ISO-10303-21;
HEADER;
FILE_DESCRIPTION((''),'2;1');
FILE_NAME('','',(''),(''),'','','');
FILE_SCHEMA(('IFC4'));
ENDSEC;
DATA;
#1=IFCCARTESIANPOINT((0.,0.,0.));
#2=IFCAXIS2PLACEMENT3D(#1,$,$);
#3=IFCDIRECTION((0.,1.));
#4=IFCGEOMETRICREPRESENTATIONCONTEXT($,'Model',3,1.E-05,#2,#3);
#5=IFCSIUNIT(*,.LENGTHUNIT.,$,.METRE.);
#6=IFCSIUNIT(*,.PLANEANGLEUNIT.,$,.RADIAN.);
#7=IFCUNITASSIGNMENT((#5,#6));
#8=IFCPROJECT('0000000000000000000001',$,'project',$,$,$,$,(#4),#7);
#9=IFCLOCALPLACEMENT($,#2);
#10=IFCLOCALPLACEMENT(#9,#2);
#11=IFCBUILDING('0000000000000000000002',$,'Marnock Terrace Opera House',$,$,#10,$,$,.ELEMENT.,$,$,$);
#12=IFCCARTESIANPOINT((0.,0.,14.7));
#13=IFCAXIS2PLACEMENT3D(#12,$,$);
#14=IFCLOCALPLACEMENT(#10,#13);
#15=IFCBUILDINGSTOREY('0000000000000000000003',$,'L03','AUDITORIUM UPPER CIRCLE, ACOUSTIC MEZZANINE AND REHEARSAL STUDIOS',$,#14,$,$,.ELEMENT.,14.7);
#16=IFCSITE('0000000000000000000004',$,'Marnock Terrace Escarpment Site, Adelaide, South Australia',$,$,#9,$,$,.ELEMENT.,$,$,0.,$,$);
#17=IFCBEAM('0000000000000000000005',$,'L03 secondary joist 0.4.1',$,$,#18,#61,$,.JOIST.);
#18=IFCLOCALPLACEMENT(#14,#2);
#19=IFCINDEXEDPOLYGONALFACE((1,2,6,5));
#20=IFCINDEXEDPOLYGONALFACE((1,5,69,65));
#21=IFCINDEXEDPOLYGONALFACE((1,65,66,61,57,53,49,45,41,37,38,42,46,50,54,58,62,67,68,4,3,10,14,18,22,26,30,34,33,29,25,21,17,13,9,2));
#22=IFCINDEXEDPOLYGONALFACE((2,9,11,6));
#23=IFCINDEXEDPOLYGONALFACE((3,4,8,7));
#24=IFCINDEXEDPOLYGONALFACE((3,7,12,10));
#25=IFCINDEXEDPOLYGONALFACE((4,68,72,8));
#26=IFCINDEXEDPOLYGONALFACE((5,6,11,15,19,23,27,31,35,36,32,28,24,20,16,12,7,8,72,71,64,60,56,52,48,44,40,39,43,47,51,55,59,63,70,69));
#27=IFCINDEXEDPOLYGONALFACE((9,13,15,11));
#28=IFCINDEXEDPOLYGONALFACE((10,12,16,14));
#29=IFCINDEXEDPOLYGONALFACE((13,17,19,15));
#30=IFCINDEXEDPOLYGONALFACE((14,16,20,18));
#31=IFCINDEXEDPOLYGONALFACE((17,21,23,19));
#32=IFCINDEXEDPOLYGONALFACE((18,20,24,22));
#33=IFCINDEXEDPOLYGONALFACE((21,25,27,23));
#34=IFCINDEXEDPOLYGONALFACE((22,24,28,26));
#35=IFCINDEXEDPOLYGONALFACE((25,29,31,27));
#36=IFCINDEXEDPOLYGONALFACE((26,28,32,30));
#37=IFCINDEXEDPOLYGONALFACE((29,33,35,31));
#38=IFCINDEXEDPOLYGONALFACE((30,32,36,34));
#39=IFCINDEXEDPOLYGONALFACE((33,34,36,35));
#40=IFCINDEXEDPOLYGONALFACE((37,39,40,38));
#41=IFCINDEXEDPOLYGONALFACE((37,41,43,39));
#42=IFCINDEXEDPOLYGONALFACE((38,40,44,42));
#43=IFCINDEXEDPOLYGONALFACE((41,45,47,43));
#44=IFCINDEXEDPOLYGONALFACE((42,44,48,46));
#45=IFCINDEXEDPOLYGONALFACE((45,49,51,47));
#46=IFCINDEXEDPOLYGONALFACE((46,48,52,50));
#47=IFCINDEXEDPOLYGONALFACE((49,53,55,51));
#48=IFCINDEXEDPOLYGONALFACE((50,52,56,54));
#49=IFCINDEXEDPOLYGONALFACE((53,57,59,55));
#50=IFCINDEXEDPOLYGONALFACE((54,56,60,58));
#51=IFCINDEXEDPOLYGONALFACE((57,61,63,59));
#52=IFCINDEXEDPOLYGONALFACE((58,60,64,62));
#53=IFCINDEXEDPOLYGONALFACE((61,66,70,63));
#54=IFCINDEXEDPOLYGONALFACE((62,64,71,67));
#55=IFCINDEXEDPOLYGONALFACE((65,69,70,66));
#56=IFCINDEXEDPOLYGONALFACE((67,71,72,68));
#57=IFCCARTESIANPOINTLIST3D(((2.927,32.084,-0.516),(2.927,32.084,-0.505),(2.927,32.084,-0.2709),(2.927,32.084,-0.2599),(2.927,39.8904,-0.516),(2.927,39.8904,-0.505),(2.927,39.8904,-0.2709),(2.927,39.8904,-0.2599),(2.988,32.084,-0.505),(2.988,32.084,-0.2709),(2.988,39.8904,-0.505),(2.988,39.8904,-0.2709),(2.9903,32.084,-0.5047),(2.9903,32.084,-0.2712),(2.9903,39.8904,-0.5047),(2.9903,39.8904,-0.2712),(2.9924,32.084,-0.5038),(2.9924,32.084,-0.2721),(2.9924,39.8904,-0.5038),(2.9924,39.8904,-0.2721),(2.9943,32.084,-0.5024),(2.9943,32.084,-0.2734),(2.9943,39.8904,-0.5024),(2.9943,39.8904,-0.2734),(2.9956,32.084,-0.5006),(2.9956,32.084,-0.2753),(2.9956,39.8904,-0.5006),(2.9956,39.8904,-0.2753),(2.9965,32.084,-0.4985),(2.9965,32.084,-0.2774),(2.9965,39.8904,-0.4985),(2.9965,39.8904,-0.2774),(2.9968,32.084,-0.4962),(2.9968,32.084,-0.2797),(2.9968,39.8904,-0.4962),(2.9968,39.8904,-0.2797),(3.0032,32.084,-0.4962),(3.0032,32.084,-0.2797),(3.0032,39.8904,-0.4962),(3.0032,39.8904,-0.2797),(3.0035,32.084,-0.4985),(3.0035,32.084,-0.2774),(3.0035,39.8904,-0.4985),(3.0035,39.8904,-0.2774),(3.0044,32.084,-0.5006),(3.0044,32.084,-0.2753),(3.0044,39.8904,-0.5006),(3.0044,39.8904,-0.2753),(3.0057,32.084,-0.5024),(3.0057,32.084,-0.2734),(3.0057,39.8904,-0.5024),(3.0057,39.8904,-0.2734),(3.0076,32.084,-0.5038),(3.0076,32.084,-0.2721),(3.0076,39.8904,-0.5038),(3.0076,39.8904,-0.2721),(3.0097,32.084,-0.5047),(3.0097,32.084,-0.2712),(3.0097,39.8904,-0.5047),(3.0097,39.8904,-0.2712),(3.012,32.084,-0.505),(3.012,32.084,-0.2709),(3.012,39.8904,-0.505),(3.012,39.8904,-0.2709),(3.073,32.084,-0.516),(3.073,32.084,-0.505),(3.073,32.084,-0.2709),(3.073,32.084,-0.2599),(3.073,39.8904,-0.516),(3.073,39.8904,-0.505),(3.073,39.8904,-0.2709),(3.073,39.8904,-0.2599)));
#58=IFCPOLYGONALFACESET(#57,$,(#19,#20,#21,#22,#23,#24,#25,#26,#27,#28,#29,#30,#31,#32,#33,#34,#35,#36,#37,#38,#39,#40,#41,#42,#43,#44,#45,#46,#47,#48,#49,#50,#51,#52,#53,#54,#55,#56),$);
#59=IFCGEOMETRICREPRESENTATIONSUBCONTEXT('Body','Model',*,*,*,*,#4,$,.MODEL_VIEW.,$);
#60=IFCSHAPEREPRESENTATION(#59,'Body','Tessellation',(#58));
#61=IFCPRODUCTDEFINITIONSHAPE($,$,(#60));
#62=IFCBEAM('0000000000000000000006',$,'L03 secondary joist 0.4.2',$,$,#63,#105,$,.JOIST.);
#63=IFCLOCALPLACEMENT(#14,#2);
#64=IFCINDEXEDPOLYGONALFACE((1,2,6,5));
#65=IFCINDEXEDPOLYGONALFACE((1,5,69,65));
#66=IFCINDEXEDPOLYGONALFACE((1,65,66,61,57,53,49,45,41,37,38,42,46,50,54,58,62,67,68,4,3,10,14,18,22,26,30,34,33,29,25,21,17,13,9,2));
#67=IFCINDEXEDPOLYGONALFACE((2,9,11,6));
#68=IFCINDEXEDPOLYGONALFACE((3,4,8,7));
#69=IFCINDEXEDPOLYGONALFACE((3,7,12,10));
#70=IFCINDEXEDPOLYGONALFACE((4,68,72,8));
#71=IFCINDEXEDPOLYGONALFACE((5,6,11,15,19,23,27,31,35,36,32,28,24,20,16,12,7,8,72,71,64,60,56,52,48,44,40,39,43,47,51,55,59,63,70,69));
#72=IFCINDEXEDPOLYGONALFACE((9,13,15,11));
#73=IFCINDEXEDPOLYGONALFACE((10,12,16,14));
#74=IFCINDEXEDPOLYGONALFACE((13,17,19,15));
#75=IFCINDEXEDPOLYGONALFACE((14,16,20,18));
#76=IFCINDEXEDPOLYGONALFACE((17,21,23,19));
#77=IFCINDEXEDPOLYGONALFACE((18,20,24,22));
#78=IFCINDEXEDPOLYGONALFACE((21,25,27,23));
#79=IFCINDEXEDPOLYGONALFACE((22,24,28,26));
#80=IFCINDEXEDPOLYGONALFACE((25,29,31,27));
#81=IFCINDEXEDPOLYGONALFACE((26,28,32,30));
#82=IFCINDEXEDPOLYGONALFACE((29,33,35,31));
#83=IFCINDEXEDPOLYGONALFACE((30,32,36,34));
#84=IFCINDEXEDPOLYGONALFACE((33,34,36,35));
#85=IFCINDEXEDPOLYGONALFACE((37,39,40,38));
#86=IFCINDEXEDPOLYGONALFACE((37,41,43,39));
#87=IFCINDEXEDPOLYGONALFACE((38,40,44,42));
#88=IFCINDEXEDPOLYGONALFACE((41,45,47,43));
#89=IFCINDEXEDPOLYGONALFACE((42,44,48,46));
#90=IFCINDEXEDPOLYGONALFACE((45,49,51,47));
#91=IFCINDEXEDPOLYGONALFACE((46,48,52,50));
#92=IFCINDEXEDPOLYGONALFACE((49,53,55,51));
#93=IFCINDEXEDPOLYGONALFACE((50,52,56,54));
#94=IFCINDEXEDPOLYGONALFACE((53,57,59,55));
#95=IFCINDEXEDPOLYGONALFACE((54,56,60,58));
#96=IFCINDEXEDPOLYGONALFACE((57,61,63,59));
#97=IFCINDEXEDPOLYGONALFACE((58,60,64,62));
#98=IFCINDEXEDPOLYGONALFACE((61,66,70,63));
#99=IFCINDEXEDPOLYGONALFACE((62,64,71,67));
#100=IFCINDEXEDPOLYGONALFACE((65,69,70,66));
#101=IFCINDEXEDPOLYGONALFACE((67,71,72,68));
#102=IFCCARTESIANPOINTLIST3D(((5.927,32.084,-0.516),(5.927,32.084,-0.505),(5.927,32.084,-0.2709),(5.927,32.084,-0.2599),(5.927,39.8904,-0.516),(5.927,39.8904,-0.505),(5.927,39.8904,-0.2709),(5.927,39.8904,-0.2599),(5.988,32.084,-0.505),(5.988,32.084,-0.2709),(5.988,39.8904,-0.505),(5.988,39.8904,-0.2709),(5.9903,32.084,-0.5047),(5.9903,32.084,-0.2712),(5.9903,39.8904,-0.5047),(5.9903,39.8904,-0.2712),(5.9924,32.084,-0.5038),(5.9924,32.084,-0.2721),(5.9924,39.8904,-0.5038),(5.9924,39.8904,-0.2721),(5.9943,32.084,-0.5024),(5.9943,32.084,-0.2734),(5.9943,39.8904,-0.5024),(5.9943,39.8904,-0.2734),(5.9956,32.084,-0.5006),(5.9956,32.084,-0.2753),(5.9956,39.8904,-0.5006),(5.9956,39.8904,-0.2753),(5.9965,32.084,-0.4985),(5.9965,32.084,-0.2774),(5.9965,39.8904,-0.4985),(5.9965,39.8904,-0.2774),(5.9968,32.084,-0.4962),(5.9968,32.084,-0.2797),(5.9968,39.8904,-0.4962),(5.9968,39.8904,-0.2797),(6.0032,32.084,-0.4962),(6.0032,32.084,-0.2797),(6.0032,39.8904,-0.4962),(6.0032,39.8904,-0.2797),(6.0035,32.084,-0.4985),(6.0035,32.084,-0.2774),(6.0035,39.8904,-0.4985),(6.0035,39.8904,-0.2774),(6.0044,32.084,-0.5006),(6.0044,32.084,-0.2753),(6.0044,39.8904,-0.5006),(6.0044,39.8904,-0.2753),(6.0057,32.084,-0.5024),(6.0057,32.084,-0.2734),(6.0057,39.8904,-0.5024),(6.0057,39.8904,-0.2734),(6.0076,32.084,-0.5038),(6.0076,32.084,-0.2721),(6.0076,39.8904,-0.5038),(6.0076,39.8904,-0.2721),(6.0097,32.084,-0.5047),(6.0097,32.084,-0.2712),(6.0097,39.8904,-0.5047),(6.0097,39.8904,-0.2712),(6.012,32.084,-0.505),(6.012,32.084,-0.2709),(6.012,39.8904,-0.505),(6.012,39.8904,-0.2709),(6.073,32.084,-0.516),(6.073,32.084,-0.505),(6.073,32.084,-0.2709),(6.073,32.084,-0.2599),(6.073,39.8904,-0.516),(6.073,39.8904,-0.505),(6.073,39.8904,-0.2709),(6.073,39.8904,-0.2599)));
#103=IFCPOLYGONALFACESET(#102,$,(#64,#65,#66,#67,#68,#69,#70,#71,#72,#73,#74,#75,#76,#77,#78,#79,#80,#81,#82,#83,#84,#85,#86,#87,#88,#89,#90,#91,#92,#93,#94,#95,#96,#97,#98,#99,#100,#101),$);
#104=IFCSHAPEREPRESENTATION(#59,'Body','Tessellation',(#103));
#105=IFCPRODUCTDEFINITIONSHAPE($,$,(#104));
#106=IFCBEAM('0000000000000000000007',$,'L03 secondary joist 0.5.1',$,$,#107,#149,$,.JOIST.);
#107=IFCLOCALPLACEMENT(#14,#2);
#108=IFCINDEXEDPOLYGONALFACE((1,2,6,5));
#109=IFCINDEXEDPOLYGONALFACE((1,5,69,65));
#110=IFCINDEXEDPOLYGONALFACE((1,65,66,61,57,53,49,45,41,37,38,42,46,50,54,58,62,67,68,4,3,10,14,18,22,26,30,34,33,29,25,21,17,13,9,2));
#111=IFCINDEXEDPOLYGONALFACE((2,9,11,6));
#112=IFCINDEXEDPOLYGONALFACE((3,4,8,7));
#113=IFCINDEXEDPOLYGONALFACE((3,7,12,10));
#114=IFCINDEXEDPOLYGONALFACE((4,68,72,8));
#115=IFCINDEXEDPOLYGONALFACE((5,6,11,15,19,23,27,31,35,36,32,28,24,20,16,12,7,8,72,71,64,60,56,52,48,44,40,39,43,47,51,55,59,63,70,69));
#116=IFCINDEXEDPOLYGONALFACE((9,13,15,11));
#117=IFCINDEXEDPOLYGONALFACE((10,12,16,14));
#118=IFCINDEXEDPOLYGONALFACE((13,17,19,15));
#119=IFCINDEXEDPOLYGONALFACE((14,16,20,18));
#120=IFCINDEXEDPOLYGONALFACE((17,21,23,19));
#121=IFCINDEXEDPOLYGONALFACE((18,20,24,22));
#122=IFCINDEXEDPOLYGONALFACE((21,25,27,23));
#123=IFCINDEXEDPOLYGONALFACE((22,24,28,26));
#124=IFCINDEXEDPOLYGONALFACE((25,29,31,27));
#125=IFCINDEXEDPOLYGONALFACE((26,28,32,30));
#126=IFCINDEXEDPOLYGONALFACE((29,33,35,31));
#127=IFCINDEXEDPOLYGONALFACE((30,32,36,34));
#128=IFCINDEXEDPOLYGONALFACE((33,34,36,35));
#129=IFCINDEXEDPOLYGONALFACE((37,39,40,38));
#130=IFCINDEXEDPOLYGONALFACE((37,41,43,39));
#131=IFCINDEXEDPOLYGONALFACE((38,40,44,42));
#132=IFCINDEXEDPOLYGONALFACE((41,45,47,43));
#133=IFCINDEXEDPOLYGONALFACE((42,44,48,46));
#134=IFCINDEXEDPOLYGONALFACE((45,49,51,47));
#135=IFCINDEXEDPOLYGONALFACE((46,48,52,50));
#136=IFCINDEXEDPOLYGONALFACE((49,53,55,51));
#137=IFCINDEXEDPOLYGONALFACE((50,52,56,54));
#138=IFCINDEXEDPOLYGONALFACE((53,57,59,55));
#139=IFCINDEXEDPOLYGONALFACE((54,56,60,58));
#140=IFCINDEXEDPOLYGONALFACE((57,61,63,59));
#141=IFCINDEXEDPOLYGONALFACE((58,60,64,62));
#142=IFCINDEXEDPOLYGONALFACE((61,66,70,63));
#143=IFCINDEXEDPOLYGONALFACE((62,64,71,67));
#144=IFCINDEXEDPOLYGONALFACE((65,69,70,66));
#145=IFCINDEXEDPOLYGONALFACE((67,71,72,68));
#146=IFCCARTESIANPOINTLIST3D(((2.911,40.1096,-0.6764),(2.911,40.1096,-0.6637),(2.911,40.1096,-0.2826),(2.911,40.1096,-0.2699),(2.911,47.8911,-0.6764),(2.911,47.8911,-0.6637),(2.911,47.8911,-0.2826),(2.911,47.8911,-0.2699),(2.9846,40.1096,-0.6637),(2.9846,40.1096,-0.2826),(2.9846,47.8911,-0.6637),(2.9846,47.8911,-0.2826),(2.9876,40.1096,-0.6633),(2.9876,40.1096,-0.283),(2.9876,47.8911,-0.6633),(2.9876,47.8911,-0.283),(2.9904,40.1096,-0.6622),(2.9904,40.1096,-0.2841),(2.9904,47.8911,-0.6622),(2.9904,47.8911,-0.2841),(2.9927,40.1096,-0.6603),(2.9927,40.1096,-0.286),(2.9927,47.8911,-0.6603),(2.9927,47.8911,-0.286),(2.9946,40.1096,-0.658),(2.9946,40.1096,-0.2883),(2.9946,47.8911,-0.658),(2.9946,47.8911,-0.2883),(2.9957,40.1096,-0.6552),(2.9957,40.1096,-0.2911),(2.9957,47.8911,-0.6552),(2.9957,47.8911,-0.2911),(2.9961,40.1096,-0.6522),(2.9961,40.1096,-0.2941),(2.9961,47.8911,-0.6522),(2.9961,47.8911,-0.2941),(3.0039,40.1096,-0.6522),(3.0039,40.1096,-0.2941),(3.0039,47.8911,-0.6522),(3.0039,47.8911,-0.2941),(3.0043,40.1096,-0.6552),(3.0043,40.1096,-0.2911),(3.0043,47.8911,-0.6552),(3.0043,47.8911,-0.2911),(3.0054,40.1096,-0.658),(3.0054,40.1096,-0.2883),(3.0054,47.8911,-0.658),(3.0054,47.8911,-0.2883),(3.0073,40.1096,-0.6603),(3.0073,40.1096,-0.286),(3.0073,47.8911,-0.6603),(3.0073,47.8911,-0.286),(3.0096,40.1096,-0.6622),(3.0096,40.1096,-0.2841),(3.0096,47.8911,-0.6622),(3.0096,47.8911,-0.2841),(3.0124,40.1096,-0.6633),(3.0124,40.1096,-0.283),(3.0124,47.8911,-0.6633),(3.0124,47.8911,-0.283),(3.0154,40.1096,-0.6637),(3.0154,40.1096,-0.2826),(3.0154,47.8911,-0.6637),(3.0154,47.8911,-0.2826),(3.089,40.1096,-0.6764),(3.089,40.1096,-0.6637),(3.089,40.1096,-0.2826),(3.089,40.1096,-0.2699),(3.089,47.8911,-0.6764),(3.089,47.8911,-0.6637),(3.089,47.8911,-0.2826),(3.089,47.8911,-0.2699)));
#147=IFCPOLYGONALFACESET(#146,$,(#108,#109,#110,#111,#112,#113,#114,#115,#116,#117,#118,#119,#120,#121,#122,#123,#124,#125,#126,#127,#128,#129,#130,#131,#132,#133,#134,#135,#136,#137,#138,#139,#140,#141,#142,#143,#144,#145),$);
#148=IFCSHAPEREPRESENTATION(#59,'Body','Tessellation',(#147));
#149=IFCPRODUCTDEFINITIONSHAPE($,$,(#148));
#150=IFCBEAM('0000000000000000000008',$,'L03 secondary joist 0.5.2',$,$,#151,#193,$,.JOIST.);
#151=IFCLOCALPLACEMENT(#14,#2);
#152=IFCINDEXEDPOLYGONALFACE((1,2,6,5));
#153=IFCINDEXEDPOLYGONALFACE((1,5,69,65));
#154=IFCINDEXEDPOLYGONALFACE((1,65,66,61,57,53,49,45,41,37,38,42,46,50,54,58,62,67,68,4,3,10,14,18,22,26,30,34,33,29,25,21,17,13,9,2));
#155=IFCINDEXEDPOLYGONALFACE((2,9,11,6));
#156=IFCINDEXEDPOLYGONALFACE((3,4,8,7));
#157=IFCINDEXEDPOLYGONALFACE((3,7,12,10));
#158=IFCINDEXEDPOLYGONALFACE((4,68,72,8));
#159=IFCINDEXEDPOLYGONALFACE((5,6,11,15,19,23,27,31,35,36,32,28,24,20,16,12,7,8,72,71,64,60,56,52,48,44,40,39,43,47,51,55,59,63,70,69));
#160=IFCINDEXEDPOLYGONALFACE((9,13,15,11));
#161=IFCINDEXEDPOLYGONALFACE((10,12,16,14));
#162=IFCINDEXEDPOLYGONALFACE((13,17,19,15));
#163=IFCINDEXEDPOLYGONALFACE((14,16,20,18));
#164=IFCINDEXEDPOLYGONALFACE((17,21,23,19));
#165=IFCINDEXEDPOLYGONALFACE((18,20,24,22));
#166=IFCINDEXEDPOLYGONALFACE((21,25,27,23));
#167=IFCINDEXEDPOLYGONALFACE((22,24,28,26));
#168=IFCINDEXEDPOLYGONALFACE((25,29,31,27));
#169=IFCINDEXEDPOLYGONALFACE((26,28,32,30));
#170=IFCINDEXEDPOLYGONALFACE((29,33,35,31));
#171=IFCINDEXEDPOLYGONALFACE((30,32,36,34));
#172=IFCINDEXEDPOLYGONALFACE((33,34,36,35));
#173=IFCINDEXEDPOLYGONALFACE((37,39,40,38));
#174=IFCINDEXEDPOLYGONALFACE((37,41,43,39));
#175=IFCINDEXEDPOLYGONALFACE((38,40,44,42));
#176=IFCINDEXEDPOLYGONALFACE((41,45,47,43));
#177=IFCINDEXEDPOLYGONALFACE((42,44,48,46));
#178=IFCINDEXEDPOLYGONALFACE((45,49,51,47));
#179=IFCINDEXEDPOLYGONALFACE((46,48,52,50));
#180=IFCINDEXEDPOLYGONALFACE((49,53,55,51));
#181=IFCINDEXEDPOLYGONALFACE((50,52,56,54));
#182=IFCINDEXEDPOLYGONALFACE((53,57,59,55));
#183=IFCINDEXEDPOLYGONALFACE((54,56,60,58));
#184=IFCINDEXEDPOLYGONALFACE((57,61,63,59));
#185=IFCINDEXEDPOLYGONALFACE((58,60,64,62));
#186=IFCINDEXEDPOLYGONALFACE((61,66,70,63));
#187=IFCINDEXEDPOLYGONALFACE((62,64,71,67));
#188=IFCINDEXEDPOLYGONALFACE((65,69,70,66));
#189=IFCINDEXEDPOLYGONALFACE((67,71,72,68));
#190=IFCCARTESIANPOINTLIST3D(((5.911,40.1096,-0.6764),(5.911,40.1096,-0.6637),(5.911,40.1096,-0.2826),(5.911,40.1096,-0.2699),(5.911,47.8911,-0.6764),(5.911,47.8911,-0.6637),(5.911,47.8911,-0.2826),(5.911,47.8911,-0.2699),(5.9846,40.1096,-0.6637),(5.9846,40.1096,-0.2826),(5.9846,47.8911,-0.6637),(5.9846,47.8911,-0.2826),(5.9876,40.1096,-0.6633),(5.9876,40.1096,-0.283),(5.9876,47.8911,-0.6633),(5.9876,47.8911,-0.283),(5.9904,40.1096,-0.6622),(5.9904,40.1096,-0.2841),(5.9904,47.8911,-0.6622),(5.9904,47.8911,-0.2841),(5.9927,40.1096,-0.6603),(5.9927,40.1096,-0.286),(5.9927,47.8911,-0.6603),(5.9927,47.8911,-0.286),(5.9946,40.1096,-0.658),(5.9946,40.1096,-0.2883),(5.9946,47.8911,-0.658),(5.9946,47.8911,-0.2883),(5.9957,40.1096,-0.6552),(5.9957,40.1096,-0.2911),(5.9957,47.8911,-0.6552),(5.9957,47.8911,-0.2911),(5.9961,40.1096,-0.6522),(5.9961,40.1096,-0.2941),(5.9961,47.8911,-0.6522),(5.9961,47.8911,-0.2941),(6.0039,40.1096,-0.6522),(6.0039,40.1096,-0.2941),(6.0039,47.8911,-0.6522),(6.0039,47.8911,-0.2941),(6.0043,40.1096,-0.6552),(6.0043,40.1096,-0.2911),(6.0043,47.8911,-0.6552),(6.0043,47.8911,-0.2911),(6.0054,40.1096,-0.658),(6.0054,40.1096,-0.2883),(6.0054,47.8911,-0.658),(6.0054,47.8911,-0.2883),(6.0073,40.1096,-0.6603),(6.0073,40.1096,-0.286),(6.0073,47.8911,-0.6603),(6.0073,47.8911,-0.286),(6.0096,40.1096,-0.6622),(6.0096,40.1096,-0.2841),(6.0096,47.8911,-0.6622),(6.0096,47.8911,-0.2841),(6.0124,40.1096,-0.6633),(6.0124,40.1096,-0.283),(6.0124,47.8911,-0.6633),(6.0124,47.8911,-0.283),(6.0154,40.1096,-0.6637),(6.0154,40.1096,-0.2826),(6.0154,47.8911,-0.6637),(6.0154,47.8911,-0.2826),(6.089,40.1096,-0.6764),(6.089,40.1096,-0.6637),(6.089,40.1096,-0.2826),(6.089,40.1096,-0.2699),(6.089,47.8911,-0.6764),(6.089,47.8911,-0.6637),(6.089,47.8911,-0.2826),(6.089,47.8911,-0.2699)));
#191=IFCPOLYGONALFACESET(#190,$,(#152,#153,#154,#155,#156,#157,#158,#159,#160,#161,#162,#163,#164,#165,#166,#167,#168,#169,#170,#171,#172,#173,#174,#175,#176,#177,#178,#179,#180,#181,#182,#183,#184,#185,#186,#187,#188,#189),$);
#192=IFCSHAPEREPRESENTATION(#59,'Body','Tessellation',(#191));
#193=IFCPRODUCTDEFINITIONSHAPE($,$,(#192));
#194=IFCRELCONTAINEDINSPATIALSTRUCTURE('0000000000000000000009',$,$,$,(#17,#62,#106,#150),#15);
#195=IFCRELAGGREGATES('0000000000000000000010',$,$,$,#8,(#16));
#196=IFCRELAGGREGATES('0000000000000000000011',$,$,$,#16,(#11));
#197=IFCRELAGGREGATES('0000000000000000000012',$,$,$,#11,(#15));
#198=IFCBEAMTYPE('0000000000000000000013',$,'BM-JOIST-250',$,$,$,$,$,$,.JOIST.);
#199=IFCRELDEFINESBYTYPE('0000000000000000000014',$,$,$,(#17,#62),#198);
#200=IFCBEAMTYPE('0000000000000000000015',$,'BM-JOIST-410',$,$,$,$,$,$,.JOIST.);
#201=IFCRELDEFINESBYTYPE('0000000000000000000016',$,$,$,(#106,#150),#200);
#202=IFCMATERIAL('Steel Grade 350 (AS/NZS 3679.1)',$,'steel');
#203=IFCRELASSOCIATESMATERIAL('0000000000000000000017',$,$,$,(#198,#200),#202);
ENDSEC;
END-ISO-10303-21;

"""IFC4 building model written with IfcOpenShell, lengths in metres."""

from ifc_helpers import new_model, si_unit, direction, frame, origin, origin_2d, place, context, subcontext, project, spatial, i_section, extrude, material, material_profile, profile_set, type_object, element, save


model = new_model("IFC4")

# Units and contexts
model_context = context("Model", 3, precision=1e-05, world=origin(), true_north=direction((0.0, 1.0)))
body_context = subcontext(model_context, "Body", "Model", "MODEL_VIEW")
ifc_project = project(units=[si_unit("LENGTHUNIT", "METRE"), si_unit("PLANEANGLEUNIT", "RADIAN")], contexts=[model_context])

# Site, building, storey
site_placement = place(None, origin())
site = spatial("IfcSite", under=ifc_project, at=site_placement, Name="Marnock Terrace Escarpment Site, Adelaide, South Australia", CompositionType="ELEMENT", RefElevation=0.0)
building_placement = place(site_placement, origin())
building = spatial("IfcBuilding", under=site, at=building_placement, Name="Marnock Terrace Opera House", CompositionType="ELEMENT")
storey_placement = place(building_placement, frame((0.0, 0.0, 14.7)))
storey = spatial("IfcBuildingStorey", under=building, at=storey_placement, Name="L03", Description="AUDITORIUM UPPER CIRCLE, ACOUSTIC MEZZANINE AND REHEARSAL STUDIOS", CompositionType="ELEMENT", Elevation=14.7)

# Beams
ifc_material_1 = material(Name="Steel Grade 350 (AS/NZS 3679.1)", Category="steel")
ifc_material_profile_1 = material_profile(ifc_material_1, i_section(OverallWidth=0.146, OverallDepth=0.2561, WebThickness=0.0063, FlangeThickness=0.011, FilletRadius=0.0088, at=origin_2d()))
ifc_profile_set_1 = profile_set([ifc_material_profile_1], Name="Steel Grade 350 (AS/NZS 3679.1)")
beam_type_1 = type_object("IfcBeamType", Name="BM-JOIST-250", PredefinedType="JOIST", material=ifc_profile_set_1)
for number, where, z_axis, x_axis, name in (
    (1, (3.0, 32.084, -0.3879), (0.0, 1.0, 0.0), (-1.0, 0.0, 0.0), "L03 secondary joist 0.4.1"),
    (2, (6.0, 32.084, -0.3879), (0.0, 1.0, 0.0), (-1.0, 0.0, 0.0), "L03 secondary joist 0.4.2"),
):
    element("IfcBeam", number, at=place(storey_placement, frame(where, z_axis=z_axis, x_axis=x_axis)), inside=storey, type_object=beam_type_1, Name=name, PredefinedType="JOIST", context=body_context, shape_type="SweptSolid", body=[
        extrude(i_section(OverallWidth=0.146, OverallDepth=0.2561, WebThickness=0.0063, FlangeThickness=0.011, FilletRadius=0.0088, at=origin_2d()), origin(), (0.0, 0.0, 1.0), 7.8064),
    ])
ifc_material_profile_2 = material_profile(ifc_material_1, i_section(OverallWidth=0.178, OverallDepth=0.4065, WebThickness=0.0078, FlangeThickness=0.0127, FilletRadius=0.0115, at=origin_2d()))
ifc_profile_set_2 = profile_set([ifc_material_profile_2], Name="Steel Grade 350 (AS/NZS 3679.1)")
beam_type_2 = type_object("IfcBeamType", Name="BM-JOIST-410", PredefinedType="JOIST", material=ifc_profile_set_2)
for number, where, z_axis, x_axis, name in (
    (3, (3.0, 40.1096, -0.4731), (0.0, 1.0, 0.0), (-1.0, 0.0, 0.0), "L03 secondary joist 0.5.1"),
    (4, (6.0, 40.1096, -0.4731), (0.0, 1.0, 0.0), (-1.0, 0.0, 0.0), "L03 secondary joist 0.5.2"),
):
    element("IfcBeam", number, at=place(storey_placement, frame(where, z_axis=z_axis, x_axis=x_axis)), inside=storey, type_object=beam_type_2, Name=name, PredefinedType="JOIST", context=body_context, shape_type="SweptSolid", body=[
        extrude(i_section(OverallWidth=0.178, OverallDepth=0.4065, WebThickness=0.0078, FlangeThickness=0.0127, FilletRadius=0.0115, at=origin_2d()), origin(), (0.0, 0.0, 1.0), 7.7815),
    ])

save(model, "model.ifc")
